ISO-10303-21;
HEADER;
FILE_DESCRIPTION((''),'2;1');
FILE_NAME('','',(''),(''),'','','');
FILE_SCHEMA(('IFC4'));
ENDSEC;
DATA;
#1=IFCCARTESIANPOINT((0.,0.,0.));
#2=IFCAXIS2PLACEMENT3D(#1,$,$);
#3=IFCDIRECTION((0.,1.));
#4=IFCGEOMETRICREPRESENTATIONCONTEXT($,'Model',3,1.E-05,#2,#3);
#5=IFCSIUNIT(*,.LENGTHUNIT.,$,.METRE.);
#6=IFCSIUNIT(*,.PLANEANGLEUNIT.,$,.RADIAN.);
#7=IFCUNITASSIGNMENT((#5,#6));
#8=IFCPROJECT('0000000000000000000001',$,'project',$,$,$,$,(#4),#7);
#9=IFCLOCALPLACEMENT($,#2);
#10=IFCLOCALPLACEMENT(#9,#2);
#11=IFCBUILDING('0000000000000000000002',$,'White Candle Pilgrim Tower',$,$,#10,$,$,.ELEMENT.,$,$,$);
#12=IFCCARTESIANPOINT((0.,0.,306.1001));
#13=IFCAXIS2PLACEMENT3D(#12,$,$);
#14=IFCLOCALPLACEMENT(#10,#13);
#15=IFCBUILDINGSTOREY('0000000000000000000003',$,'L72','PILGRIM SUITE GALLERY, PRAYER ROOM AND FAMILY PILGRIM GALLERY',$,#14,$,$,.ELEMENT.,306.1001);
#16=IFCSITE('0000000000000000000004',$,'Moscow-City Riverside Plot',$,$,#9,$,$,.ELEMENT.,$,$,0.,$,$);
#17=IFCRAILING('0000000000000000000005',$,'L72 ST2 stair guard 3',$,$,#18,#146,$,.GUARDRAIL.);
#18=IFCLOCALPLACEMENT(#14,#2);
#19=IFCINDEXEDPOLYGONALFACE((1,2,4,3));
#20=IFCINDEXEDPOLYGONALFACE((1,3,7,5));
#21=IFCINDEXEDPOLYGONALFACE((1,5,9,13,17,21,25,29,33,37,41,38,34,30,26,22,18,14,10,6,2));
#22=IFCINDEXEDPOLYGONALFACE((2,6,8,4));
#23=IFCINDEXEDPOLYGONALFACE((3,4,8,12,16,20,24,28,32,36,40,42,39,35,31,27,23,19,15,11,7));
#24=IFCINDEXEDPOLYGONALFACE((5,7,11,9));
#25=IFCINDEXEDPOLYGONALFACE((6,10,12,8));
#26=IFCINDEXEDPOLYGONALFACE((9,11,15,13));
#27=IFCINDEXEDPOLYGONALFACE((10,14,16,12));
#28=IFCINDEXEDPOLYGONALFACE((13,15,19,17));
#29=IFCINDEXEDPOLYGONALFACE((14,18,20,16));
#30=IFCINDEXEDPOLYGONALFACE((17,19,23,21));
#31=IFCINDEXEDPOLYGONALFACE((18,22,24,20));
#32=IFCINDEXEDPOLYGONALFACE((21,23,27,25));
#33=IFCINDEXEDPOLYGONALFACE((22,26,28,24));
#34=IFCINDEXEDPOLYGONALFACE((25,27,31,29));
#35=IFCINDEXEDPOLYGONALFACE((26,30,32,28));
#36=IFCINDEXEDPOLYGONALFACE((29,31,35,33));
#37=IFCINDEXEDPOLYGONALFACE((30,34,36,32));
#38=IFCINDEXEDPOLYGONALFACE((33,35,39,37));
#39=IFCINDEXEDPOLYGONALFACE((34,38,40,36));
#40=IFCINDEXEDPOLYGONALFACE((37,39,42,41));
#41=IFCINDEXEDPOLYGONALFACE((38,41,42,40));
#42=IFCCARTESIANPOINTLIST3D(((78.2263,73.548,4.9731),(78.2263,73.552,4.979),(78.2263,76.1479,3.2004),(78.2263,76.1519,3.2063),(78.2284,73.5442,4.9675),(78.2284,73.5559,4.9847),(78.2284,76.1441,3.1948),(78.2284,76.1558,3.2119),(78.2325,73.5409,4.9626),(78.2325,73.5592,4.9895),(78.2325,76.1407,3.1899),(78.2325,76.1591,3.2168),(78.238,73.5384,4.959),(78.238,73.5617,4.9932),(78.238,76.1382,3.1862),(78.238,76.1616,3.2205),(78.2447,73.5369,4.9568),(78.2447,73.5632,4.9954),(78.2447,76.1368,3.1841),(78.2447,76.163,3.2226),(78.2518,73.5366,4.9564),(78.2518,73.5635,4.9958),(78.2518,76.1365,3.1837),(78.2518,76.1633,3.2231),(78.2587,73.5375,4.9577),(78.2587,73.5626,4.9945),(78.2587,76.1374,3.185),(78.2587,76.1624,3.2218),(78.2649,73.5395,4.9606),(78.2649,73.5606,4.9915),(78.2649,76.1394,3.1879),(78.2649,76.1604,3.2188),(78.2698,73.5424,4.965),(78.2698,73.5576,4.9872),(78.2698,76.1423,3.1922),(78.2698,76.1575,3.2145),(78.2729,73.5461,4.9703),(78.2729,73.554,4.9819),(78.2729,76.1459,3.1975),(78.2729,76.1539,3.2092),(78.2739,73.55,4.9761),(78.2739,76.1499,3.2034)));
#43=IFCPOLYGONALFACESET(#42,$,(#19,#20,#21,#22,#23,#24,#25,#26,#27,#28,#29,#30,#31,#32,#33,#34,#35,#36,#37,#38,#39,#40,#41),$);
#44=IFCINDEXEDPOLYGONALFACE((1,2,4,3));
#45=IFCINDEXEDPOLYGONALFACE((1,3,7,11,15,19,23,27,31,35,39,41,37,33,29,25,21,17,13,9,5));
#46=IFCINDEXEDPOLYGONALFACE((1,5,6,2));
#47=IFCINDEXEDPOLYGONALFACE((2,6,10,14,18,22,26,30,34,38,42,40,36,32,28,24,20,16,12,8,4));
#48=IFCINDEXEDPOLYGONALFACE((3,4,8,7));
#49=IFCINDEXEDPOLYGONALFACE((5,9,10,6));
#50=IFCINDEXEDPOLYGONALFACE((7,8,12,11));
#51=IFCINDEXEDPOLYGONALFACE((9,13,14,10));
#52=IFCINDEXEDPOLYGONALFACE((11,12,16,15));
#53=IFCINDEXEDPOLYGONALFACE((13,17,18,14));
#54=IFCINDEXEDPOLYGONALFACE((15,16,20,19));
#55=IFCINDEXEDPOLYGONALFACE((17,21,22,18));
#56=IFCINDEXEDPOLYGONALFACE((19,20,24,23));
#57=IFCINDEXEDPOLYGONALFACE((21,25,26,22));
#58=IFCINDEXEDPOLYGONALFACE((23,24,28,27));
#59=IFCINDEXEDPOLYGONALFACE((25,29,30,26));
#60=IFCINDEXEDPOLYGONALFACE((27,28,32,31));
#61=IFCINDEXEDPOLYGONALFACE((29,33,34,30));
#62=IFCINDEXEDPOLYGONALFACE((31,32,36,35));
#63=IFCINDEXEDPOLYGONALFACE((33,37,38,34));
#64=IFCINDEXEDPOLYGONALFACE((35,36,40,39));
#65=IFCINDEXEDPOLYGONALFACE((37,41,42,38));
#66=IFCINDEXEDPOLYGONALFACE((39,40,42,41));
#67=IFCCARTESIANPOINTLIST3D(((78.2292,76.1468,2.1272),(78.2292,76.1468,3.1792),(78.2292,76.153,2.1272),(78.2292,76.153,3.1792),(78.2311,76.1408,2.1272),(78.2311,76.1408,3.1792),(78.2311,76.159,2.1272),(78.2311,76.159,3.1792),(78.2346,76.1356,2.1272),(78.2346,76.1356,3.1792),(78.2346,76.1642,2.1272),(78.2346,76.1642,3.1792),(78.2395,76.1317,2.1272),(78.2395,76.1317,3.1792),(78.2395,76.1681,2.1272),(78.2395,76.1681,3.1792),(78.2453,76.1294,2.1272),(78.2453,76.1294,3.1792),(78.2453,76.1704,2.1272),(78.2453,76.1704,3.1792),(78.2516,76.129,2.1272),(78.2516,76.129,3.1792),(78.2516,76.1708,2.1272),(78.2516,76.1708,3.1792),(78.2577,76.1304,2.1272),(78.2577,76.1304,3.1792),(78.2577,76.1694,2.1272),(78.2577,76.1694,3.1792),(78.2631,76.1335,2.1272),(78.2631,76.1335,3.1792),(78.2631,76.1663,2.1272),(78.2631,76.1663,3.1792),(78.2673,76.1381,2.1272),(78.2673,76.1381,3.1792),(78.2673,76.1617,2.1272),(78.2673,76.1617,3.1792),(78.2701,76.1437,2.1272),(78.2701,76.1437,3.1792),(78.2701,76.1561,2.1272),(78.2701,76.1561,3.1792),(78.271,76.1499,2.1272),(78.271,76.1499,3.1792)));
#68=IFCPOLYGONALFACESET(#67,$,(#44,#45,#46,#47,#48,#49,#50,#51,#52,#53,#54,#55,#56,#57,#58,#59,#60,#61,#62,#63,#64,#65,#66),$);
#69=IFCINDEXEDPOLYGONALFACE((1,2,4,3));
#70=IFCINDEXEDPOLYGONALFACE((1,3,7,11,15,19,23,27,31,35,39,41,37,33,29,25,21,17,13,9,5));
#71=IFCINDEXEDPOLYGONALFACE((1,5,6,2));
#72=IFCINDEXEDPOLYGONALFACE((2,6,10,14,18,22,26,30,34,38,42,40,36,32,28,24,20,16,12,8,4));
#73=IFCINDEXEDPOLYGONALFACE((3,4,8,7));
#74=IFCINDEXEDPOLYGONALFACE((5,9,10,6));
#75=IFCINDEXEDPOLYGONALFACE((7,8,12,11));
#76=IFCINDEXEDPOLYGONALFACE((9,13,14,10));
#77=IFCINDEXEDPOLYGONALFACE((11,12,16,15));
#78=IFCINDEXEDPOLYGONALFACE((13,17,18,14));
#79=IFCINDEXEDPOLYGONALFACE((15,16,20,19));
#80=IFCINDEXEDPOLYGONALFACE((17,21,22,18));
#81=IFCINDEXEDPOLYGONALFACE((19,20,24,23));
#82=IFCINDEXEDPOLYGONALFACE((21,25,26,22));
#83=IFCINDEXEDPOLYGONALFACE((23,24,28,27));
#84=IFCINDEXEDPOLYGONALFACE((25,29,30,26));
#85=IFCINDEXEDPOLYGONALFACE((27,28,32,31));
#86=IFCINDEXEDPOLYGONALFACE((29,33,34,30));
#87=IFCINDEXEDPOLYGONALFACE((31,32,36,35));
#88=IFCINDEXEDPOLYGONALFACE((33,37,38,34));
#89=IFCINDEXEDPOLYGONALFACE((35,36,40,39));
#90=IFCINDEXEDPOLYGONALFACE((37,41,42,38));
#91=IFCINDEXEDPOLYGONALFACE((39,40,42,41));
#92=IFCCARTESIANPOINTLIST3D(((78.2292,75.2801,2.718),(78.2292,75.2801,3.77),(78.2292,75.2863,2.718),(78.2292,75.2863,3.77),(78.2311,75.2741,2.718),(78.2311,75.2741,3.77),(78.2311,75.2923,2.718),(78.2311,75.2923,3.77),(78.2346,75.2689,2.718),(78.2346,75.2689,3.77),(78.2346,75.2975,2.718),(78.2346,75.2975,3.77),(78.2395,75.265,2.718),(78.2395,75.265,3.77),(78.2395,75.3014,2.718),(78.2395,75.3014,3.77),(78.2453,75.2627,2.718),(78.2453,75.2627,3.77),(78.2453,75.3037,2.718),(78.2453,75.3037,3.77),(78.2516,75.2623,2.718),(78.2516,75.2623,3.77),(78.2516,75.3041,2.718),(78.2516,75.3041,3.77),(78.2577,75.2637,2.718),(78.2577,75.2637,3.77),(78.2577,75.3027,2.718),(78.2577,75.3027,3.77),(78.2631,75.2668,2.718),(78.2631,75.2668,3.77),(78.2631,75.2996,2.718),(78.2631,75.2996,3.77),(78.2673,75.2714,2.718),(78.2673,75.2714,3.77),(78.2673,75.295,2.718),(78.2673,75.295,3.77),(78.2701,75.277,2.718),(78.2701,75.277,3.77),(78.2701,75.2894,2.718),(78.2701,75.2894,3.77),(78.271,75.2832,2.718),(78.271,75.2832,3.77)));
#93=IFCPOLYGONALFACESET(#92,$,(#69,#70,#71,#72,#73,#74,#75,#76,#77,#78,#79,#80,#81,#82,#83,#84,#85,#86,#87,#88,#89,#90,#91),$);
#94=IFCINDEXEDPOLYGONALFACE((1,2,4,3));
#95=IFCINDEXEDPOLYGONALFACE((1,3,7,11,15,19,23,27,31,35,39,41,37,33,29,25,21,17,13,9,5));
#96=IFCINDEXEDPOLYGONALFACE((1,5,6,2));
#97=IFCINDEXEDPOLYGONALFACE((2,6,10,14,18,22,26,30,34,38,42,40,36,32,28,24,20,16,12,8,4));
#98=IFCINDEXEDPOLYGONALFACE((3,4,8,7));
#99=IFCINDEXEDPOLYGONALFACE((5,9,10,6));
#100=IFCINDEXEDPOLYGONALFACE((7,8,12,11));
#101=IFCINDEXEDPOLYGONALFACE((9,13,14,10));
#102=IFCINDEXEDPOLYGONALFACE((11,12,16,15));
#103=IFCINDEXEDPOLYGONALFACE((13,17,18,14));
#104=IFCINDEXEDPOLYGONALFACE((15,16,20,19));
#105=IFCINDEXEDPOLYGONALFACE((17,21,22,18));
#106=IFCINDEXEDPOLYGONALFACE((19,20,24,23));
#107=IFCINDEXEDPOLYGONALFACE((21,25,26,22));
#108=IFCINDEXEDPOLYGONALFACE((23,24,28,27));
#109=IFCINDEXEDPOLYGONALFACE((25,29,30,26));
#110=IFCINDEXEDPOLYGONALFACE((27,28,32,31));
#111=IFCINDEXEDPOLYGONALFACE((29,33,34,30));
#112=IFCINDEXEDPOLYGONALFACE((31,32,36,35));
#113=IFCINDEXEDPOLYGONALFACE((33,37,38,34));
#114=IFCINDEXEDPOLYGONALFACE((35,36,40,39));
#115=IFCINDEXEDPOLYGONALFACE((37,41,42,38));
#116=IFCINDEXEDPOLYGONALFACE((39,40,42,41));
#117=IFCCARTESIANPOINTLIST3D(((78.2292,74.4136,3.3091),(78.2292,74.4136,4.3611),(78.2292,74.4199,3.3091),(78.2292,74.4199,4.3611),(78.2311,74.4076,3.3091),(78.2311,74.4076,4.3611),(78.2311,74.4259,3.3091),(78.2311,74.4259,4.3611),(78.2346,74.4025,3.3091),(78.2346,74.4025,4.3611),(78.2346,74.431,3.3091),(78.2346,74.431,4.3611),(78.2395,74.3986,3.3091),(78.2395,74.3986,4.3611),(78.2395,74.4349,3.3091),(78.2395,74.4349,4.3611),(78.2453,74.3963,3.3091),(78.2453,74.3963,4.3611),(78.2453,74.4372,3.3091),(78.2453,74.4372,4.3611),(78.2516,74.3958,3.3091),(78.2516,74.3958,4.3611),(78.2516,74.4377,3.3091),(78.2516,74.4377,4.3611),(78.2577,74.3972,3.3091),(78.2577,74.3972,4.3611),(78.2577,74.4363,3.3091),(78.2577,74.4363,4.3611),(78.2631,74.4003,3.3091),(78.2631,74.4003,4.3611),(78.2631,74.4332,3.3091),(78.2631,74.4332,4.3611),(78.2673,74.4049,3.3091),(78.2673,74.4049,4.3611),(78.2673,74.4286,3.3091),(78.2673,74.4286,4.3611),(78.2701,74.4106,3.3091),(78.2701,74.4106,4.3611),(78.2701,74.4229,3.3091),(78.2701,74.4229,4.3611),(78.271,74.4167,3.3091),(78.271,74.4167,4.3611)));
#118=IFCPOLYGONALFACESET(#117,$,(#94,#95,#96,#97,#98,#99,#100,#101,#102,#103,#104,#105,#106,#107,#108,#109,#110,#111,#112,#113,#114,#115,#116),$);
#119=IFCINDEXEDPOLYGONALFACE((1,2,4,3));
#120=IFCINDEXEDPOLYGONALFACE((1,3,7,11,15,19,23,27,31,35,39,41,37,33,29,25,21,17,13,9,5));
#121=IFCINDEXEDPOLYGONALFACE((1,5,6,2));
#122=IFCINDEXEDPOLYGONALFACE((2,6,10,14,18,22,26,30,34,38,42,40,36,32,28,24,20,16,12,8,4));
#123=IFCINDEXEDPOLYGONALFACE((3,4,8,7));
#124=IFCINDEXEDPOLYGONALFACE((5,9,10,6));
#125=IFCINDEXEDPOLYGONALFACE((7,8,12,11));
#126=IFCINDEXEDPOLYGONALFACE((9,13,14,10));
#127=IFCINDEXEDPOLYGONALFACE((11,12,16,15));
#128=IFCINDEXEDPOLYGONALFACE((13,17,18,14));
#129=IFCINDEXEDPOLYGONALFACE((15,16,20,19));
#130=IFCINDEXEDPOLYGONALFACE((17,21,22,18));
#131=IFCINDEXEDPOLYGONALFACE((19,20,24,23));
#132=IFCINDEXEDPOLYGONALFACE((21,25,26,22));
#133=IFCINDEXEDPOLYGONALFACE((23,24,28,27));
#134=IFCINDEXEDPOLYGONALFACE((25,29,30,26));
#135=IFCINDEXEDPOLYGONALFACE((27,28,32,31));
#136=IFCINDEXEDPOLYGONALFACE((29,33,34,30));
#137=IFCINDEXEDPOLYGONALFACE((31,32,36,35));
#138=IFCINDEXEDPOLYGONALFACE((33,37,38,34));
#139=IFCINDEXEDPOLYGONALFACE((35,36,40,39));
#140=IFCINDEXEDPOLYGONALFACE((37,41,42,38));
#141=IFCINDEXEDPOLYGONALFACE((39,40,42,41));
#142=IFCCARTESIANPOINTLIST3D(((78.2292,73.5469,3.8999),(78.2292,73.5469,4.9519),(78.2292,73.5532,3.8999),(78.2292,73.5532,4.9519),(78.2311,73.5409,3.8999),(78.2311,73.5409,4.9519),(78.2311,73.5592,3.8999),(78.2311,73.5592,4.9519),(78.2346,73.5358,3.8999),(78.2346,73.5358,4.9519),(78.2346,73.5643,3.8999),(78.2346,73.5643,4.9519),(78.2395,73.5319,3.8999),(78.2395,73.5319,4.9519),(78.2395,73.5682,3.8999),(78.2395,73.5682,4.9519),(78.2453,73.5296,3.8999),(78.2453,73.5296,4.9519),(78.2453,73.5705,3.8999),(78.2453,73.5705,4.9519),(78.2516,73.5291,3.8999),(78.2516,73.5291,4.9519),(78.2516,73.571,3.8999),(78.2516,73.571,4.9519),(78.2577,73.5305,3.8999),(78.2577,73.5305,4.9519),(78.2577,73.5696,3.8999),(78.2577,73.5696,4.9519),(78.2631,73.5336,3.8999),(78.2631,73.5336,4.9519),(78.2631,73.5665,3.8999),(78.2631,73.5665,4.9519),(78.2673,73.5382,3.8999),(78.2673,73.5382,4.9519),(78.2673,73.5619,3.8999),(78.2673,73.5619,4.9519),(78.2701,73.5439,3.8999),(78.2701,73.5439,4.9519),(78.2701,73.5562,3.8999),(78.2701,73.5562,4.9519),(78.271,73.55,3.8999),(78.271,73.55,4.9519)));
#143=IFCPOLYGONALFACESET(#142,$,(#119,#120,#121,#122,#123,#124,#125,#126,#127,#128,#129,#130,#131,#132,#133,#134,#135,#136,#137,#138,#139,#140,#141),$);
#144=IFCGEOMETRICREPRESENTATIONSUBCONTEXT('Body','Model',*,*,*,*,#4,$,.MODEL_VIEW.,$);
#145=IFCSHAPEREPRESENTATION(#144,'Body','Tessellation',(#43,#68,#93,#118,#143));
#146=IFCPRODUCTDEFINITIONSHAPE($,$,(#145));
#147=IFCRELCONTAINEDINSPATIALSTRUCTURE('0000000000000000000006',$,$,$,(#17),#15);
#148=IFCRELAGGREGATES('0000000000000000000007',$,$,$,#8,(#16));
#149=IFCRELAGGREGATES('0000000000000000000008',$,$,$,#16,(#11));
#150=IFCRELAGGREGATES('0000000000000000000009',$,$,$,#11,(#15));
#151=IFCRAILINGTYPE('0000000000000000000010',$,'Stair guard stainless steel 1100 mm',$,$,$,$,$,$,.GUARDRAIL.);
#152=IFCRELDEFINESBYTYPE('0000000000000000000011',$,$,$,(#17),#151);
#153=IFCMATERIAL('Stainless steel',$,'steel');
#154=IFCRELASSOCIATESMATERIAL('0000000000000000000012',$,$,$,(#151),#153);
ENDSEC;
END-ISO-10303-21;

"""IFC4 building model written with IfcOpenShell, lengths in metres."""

from ifc_helpers import new_model, si_unit, direction, frame, origin, origin_2d, place, context, subcontext, project, spatial, circle, extrude, material, type_object, element, save


model = new_model("IFC4")

# Units and contexts
model_context = context("Model", 3, precision=1e-05, world=origin(), true_north=direction((0.0, 1.0)))
body_context = subcontext(model_context, "Body", "Model", "MODEL_VIEW")
ifc_project = project(units=[si_unit("LENGTHUNIT", "METRE"), si_unit("PLANEANGLEUNIT", "RADIAN")], contexts=[model_context])

# Site, building, storey
site_placement = place(None, origin())
site = spatial("IfcSite", under=ifc_project, at=site_placement, Name="Moscow-City Riverside Plot", CompositionType="ELEMENT", RefElevation=0.0)
building_placement = place(site_placement, origin())
building = spatial("IfcBuilding", under=site, at=building_placement, Name="White Candle Pilgrim Tower", CompositionType="ELEMENT")
storey_placement = place(building_placement, frame((0.0, 0.0, 306.1001)))
storey = spatial("IfcBuildingStorey", under=building, at=storey_placement, Name="L72", Description="PILGRIM SUITE GALLERY, PRAYER ROOM AND FAMILY PILGRIM GALLERY", CompositionType="ELEMENT", Elevation=306.1001)

# Railing
ifc_material_1 = material(Name="Stainless steel", Category="steel")
railing_type_1 = type_object("IfcRailingType", Name="Stair guard stainless steel 1100 mm", PredefinedType="GUARDRAIL", material=ifc_material_1)
railing_1_placement = place(storey_placement, frame((78.25, 76.1499, 2.1272)))
element("IfcRailing", 1, at=railing_1_placement, inside=storey, type_object=railing_type_1, Name="L72 ST2 stair guard 3", PredefinedType="GUARDRAIL", context=body_context, shape_type="SweptSolid", body=[
    extrude(circle(Radius=0.0239, at=origin_2d()), frame((0.0, 0.0, 1.0762), z_axis=(0.0, -0.826216, 0.563354), x_axis=(1.0, 0.0, 0.0)), (0.0, 0.0, 1.0), 3.1467),
    extrude(circle(Radius=0.021, at=origin_2d()), origin(), (0.0, 0.0, 1.0), 1.052),
    extrude(circle(Radius=0.021, at=origin_2d()), frame((0.0, -0.8667, 0.5908)), (0.0, 0.0, 1.0), 1.052),
    extrude(circle(Radius=0.021, at=origin_2d()), frame((0.0, -1.7332, 1.1819)), (0.0, 0.0, 1.0), 1.052),
    extrude(circle(Radius=0.021, at=origin_2d()), frame((0.0, -2.5999, 1.7727)), (0.0, 0.0, 1.0), 1.052),
])

save(model, "model.ifc")
